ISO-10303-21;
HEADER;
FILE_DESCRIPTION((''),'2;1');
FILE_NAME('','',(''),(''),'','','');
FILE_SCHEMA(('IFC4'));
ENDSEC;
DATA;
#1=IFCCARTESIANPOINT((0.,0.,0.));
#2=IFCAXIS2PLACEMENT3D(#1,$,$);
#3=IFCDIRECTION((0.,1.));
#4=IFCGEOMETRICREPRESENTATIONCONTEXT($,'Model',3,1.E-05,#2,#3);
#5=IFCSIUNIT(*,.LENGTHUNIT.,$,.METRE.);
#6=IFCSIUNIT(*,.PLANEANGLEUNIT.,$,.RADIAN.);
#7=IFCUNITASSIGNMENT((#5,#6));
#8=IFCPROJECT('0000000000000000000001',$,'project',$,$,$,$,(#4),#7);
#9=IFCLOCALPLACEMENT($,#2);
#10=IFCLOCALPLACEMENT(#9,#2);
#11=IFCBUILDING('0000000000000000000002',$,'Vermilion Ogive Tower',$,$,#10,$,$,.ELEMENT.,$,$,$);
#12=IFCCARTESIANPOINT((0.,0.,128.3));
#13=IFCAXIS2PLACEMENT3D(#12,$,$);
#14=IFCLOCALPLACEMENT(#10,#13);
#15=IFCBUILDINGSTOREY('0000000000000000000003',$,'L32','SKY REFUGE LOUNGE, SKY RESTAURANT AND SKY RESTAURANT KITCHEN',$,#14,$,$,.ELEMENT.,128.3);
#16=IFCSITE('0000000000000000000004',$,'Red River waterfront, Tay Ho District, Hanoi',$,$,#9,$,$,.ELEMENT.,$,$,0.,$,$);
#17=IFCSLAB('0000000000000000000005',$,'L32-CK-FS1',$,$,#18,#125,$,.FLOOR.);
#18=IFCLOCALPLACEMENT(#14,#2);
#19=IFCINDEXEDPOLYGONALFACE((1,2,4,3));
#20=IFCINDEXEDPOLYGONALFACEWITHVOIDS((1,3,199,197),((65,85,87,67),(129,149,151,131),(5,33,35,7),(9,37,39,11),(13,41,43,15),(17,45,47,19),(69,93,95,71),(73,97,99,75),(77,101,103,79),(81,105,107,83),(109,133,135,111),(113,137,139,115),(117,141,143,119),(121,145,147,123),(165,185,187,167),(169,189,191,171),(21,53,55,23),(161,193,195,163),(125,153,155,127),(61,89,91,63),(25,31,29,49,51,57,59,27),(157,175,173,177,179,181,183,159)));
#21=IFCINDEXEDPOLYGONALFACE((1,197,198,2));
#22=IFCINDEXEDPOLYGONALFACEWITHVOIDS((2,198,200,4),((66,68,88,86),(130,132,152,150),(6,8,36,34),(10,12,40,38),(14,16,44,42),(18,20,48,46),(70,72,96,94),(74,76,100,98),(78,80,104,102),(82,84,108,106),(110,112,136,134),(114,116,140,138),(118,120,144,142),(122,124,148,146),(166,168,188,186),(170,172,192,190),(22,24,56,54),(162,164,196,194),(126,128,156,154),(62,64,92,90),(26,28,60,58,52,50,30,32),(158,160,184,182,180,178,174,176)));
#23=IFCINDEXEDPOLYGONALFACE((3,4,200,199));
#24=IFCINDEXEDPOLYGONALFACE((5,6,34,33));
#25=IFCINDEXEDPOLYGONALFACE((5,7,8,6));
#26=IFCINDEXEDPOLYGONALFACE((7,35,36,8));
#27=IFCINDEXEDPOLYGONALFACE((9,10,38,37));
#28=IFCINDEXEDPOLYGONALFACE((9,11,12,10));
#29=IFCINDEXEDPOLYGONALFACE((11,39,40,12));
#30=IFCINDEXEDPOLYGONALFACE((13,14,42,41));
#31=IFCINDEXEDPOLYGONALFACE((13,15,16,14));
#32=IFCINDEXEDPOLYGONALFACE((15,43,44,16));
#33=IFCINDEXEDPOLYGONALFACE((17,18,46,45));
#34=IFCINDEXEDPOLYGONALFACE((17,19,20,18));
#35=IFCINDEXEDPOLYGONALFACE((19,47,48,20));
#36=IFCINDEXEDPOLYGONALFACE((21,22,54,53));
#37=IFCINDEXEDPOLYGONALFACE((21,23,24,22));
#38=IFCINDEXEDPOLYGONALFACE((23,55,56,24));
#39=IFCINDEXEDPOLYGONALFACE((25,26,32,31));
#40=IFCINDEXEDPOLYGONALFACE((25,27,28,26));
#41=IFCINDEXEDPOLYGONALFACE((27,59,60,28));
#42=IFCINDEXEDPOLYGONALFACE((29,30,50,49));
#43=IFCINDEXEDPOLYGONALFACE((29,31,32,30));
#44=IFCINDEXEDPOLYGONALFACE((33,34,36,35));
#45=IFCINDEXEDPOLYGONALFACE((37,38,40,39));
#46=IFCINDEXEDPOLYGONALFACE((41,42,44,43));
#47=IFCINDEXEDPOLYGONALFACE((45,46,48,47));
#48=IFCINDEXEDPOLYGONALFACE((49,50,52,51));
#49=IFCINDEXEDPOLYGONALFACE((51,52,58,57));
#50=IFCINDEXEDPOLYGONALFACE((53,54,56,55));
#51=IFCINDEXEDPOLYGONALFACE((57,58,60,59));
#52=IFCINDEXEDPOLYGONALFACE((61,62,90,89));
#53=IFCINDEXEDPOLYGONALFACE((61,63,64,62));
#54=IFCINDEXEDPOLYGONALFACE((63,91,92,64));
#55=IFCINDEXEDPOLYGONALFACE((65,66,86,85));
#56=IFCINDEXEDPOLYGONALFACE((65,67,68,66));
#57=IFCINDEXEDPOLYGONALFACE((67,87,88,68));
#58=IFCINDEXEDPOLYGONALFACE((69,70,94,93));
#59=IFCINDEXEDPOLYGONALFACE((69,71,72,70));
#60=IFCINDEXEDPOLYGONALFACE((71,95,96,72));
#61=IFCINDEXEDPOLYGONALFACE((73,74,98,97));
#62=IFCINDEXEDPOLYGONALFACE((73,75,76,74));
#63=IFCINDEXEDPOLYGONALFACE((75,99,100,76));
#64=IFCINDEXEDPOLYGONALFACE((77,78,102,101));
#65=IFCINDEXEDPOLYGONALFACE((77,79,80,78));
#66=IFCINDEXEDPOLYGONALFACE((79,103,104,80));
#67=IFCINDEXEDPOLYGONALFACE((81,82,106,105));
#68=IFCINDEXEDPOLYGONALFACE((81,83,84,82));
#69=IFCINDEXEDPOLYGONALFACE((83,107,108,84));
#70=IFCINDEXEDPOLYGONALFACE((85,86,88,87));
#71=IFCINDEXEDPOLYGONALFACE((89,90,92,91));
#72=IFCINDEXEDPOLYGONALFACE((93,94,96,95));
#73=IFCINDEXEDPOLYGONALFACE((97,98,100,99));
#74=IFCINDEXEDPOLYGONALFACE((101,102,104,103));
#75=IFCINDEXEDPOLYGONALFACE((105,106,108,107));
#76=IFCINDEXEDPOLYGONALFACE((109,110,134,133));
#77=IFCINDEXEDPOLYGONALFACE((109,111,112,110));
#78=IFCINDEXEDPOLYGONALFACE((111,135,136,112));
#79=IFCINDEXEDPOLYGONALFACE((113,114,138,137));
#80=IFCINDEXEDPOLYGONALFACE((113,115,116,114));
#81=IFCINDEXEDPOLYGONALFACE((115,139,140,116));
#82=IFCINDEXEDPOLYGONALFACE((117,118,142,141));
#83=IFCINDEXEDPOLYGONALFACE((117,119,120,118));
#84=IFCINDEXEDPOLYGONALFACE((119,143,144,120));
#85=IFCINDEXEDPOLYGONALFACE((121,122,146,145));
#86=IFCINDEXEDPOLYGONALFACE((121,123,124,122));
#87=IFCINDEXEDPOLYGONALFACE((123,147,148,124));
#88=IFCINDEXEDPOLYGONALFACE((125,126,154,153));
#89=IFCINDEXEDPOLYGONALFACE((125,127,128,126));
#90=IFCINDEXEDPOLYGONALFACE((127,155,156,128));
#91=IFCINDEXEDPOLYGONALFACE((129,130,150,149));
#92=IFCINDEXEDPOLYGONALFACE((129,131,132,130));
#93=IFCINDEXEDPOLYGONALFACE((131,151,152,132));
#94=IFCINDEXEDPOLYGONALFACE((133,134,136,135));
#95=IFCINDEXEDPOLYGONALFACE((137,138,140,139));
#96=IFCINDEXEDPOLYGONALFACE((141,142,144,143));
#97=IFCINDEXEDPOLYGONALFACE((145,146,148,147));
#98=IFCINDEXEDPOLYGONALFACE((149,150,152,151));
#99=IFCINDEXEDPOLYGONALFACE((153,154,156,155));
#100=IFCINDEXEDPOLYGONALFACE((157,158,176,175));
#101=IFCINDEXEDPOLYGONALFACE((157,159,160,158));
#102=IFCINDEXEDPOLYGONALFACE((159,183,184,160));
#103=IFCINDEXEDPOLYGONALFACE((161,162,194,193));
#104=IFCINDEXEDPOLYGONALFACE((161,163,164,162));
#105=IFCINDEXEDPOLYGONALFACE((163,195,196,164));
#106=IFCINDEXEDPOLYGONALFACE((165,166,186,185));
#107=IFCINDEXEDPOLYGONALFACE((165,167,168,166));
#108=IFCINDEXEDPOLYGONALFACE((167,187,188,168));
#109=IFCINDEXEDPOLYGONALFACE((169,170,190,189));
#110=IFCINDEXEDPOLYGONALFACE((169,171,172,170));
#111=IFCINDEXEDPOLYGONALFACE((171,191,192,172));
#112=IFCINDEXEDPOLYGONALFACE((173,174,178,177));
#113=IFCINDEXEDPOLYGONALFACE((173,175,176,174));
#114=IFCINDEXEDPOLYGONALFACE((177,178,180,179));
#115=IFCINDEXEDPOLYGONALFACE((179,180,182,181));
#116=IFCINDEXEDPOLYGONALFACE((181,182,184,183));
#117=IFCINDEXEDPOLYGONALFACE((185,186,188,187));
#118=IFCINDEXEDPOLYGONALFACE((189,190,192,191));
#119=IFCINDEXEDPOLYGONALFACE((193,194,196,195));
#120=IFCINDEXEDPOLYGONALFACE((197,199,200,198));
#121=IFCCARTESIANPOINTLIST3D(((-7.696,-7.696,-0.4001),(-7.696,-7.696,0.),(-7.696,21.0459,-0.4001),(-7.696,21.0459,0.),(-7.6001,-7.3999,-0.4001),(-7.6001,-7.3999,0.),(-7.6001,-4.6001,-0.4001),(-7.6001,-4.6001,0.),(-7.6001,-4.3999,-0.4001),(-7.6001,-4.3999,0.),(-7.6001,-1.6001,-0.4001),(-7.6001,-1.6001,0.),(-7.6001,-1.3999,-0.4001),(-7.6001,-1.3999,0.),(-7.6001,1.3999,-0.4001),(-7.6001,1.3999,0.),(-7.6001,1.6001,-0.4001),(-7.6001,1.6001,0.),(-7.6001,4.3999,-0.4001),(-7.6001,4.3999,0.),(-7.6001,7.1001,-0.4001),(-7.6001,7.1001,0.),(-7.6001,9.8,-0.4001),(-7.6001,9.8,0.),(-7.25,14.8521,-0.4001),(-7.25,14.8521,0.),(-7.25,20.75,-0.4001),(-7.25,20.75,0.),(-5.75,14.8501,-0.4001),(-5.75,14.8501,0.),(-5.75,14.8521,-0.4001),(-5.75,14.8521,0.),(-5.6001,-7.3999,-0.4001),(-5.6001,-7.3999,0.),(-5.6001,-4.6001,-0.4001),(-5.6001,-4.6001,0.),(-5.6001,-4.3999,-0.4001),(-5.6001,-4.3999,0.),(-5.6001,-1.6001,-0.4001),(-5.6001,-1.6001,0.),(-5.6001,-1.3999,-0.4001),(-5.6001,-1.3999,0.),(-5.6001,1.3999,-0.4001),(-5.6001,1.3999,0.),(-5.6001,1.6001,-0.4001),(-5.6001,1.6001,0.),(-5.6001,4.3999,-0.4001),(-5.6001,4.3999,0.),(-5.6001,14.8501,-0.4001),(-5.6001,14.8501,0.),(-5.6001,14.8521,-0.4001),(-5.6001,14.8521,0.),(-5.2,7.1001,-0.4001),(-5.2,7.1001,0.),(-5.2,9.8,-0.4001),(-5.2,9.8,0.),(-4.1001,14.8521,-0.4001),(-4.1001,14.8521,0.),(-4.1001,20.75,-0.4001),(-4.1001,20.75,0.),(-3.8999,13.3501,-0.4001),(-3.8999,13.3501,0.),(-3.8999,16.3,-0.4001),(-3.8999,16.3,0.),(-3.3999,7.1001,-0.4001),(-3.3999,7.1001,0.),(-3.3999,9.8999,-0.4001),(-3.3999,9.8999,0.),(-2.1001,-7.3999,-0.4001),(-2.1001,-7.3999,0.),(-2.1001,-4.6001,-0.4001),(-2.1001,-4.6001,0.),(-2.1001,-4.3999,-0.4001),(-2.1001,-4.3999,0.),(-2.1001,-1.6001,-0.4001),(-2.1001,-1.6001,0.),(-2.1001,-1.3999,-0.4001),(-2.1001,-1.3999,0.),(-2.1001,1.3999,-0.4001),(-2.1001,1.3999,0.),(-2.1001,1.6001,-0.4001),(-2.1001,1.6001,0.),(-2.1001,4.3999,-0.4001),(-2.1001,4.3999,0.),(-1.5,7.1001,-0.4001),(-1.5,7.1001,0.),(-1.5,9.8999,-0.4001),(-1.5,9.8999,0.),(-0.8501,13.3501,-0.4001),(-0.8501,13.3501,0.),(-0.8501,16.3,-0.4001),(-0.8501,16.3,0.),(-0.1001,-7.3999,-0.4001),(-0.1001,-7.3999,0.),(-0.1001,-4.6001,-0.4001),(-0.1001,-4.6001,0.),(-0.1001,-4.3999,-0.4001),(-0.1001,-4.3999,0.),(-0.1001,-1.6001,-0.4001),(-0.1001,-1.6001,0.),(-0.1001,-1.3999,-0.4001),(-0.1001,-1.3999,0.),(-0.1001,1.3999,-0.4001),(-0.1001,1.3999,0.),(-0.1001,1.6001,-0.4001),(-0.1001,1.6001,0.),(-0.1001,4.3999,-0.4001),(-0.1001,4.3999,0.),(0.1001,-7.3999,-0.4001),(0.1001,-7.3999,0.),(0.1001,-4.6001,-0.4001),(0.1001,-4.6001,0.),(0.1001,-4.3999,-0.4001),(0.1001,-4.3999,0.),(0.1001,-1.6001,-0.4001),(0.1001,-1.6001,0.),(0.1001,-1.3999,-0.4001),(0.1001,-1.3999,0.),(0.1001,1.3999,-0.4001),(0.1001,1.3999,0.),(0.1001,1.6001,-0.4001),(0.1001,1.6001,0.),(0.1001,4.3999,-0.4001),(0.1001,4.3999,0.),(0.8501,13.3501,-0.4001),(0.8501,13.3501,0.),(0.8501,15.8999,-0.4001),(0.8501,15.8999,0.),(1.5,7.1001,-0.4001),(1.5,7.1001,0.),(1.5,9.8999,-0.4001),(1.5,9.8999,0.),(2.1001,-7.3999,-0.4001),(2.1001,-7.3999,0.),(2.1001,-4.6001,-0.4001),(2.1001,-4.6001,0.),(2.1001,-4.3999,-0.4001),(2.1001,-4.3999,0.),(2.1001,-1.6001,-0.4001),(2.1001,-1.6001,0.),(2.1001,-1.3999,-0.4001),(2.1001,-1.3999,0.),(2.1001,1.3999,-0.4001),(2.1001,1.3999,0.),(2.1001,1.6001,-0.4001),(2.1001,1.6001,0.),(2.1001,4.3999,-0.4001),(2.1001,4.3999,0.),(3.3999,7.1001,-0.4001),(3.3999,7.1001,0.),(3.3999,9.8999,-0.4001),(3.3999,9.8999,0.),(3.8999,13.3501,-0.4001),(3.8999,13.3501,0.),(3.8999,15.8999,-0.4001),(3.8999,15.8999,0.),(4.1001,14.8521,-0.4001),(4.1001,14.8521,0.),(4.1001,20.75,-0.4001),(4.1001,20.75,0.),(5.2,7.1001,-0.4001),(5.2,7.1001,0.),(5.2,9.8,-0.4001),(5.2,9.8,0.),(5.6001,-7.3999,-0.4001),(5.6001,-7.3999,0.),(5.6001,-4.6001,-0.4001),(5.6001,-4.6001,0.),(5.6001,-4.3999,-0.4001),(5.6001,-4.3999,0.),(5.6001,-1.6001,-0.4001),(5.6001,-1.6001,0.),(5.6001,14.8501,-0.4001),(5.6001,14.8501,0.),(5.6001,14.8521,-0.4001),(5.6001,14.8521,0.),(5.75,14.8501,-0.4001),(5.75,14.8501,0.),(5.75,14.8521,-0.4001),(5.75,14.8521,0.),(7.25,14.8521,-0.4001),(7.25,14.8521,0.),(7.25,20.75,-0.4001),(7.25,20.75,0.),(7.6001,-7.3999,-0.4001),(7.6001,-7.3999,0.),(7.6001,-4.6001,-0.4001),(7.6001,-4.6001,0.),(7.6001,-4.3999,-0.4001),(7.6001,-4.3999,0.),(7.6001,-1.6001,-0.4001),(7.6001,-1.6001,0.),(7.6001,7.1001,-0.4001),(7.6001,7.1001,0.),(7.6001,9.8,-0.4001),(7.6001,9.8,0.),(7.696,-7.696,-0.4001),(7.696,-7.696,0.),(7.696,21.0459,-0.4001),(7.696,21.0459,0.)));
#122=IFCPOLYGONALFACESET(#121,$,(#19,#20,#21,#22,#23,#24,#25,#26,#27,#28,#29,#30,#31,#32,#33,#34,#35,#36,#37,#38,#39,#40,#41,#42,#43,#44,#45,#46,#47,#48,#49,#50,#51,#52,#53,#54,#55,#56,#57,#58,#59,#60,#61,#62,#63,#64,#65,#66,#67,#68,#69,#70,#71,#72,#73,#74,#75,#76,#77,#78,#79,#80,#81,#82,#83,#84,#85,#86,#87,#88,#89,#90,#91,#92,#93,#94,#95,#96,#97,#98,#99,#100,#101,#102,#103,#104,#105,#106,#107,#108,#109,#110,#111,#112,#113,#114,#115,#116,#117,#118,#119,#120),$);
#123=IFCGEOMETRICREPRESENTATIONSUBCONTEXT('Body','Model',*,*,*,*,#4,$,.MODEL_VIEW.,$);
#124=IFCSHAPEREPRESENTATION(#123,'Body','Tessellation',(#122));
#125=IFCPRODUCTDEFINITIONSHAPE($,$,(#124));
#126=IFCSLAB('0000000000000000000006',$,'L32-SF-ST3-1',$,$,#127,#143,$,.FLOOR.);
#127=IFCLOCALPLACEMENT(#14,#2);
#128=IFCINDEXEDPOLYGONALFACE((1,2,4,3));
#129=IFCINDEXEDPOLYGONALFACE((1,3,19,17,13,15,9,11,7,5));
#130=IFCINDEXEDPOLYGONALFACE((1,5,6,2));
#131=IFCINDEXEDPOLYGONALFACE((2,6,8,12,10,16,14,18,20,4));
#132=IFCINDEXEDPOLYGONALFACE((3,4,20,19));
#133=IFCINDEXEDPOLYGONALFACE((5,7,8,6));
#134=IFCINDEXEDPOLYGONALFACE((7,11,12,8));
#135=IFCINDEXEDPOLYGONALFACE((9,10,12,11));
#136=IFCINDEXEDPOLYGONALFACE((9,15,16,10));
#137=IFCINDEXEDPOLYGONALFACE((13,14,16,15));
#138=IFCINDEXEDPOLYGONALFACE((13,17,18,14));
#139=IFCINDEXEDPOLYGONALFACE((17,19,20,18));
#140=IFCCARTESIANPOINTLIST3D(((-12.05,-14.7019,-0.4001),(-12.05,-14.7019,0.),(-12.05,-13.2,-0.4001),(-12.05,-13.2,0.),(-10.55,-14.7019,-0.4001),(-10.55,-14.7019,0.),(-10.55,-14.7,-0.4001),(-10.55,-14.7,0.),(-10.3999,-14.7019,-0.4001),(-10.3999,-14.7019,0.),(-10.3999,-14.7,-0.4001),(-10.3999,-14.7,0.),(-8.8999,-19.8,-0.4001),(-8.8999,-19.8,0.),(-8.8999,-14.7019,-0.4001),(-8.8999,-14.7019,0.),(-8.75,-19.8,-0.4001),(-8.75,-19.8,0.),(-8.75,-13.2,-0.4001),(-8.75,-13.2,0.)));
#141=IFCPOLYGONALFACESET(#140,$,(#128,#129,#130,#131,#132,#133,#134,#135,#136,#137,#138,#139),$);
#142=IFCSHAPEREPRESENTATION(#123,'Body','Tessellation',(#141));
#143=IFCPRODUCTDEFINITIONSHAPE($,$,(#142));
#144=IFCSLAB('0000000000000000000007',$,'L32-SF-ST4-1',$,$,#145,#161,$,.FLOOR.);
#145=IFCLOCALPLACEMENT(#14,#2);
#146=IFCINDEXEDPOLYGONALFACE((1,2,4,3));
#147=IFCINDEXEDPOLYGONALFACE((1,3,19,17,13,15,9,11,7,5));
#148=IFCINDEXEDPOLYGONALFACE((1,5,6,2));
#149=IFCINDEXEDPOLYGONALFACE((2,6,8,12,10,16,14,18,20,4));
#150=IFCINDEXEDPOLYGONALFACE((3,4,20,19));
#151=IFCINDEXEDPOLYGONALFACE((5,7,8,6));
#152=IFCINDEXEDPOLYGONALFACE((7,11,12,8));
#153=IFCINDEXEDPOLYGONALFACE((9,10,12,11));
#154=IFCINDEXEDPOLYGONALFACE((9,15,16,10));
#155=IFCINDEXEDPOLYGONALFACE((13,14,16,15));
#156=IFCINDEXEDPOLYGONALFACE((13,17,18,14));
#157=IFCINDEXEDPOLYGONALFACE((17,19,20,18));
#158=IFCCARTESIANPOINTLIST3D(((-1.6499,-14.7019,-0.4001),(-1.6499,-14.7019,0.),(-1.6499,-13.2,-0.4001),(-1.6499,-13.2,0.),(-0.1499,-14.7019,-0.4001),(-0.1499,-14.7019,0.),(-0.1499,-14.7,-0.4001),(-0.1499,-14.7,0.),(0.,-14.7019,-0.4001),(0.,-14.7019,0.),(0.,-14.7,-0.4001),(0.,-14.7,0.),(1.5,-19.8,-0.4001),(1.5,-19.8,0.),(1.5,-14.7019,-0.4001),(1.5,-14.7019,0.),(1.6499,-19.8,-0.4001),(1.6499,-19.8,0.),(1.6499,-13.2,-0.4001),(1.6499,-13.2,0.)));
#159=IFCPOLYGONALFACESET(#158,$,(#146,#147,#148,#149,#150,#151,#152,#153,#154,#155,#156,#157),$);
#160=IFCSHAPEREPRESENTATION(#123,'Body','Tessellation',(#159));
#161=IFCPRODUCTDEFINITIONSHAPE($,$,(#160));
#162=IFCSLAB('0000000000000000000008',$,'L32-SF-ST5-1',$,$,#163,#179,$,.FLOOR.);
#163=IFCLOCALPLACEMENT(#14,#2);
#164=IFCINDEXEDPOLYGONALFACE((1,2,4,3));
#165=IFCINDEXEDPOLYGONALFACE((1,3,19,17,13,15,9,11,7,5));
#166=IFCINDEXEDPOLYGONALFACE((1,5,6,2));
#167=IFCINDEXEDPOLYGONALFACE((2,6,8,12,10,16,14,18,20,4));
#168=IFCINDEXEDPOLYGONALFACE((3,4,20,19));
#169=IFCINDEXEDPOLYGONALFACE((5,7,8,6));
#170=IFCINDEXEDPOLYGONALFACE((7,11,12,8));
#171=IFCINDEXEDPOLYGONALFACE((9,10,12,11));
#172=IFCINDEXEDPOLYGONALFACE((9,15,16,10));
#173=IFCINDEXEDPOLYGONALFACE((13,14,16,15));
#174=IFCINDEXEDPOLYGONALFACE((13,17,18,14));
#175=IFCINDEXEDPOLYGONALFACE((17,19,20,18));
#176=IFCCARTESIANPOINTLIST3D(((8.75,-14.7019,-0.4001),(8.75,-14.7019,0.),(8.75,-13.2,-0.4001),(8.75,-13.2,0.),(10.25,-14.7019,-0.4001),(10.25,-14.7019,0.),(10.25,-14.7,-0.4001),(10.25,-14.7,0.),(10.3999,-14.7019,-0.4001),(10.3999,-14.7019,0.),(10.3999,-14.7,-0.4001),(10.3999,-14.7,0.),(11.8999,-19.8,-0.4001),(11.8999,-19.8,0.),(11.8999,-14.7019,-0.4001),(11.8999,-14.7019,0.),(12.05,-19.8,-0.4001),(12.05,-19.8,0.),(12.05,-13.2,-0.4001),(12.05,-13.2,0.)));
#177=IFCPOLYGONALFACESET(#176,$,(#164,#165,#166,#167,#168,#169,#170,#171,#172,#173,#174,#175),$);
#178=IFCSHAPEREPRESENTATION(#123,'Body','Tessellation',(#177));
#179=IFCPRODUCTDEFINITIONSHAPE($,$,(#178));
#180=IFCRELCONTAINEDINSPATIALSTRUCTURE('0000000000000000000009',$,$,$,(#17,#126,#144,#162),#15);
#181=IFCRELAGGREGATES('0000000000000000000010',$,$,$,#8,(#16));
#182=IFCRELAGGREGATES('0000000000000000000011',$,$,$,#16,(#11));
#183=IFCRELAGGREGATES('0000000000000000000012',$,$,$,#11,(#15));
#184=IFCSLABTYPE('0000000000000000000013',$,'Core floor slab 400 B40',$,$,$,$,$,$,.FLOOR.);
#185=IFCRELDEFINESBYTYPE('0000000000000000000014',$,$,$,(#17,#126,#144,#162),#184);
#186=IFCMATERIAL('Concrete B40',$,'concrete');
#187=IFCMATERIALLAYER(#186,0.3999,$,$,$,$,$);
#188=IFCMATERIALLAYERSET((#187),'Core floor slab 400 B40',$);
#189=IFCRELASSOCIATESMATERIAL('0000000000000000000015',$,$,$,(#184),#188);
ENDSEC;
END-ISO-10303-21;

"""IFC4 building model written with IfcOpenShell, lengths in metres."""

from ifc_helpers import new_model, si_unit, direction, frame, origin, place, context, subcontext, project, spatial, polyline, outline, extrude, material, layer, layer_set, type_object, element, save


model = new_model("IFC4")

# Units and contexts
model_context = context("Model", 3, precision=1e-05, world=origin(), true_north=direction((0.0, 1.0)))
body_context = subcontext(model_context, "Body", "Model", "MODEL_VIEW")
ifc_project = project(units=[si_unit("LENGTHUNIT", "METRE"), si_unit("PLANEANGLEUNIT", "RADIAN")], contexts=[model_context])

# Site, building, storey
site_placement = place(None, origin())
site = spatial("IfcSite", under=ifc_project, at=site_placement, Name="Red River waterfront, Tay Ho District, Hanoi", CompositionType="ELEMENT", RefElevation=0.0)
building_placement = place(site_placement, origin())
building = spatial("IfcBuilding", under=site, at=building_placement, Name="Vermilion Ogive Tower", CompositionType="ELEMENT")
storey_placement = place(building_placement, frame((0.0, 0.0, 128.3)))
storey = spatial("IfcBuildingStorey", under=building, at=storey_placement, Name="L32", Description="SKY REFUGE LOUNGE, SKY RESTAURANT AND SKY RESTAURANT KITCHEN", CompositionType="ELEMENT", Elevation=128.3)

# Slabs
ifc_material_1 = material(Name="Concrete B40", Category="concrete")
ifc_layer_1 = layer(ifc_material_1, 0.3999)
ifc_layer_set_1 = layer_set([ifc_layer_1], Name="Core floor slab 400 B40")
slab_type_1 = type_object("IfcSlabType", Name="Core floor slab 400 B40", PredefinedType="FLOOR", material=ifc_layer_set_1)
slab_1_placement = place(storey_placement, frame((0.0, 0.0, -0.4001)))
element("IfcSlab", 1, at=slab_1_placement, inside=storey, type_object=slab_type_1, Name="L32-CK-FS1", PredefinedType="FLOOR", context=body_context, shape_type="SweptSolid", body=[
    extrude(outline(polyline([(7.696, -7.696), (7.696, 21.0459), (-7.696, 21.0459), (-7.696, -7.696), (7.696, -7.696)]), holes=[polyline([(-5.6001, -7.3999), (-7.6001, -7.3999), (-7.6001, -4.6001), (-5.6001, -4.6001), (-5.6001, -7.3999)]), polyline([(-5.6001, -4.3999), (-7.6001, -4.3999), (-7.6001, -1.6001), (-5.6001, -1.6001), (-5.6001, -4.3999)]), polyline([(-0.1001, -4.3999), (-2.1001, -4.3999), (-2.1001, -1.6001), (-0.1001, -1.6001), (-0.1001, -4.3999)]), polyline([(-5.6001, -1.3999), (-7.6001, -1.3999), (-7.6001, 1.3999), (-5.6001, 1.3999), (-5.6001, -1.3999)]), polyline([(-0.1001, -1.3999), (-2.1001, -1.3999), (-2.1001, 1.3999), (-0.1001, 1.3999), (-0.1001, -1.3999)]), polyline([(-5.6001, 4.3999), (-5.6001, 1.6001), (-7.6001, 1.6001), (-7.6001, 4.3999), (-5.6001, 4.3999)]), polyline([(-5.2, 7.1001), (-7.6001, 7.1001), (-7.6001, 9.8), (-5.2, 9.8), (-5.2, 7.1001)]), polyline([(-1.5, 7.1001), (-3.3999, 7.1001), (-3.3999, 9.8999), (-1.5, 9.8999), (-1.5, 7.1001)]), polyline([(-0.8501, 13.3501), (-3.8999, 13.3501), (-3.8999, 16.3), (-0.8501, 16.3), (-0.8501, 13.3501)]), polyline([(-7.25, 14.8521), (-7.25, 20.75), (-4.1001, 20.75), (-4.1001, 14.8521), (-5.6001, 14.8521), (-5.6001, 14.8501), (-5.75, 14.8501), (-5.75, 14.8521), (-7.25, 14.8521)]), polyline([(-0.1001, -4.6001), (-0.1001, -7.3999), (-2.1001, -7.3999), (-2.1001, -4.6001), (-0.1001, -4.6001)]), polyline([(2.1001, -7.3999), (0.1001, -7.3999), (0.1001, -4.6001), (2.1001, -4.6001), (2.1001, -7.3999)]), polyline([(7.6001, -7.3999), (5.6001, -7.3999), (5.6001, -4.6001), (7.6001, -4.6001), (7.6001, -7.3999)]), polyline([(2.1001, -4.3999), (0.1001, -4.3999), (0.1001, -1.6001), (2.1001, -1.6001), (2.1001, -4.3999)]), polyline([(7.6001, -4.3999), (5.6001, -4.3999), (5.6001, -1.6001), (7.6001, -1.6001), (7.6001, -4.3999)]), polyline([(2.1001, -1.3999), (0.1001, -1.3999), (0.1001, 1.3999), (2.1001, 1.3999), (2.1001, -1.3999)]), polyline([(-0.1001, 1.6001), (-2.1001, 1.6001), (-2.1001, 4.3999), (-0.1001, 4.3999), (-0.1001, 1.6001)]), polyline([(2.1001, 1.6001), (0.1001, 1.6001), (0.1001, 4.3999), (2.1001, 4.3999), (2.1001, 1.6001)]), polyline([(7.6001, 7.1001), (5.2, 7.1001), (5.2, 9.8), (7.6001, 9.8), (7.6001, 7.1001)]), polyline([(3.3999, 7.1001), (1.5, 7.1001), (1.5, 9.8999), (3.3999, 9.8999), (3.3999, 7.1001)]), polyline([(3.8999, 13.3501), (0.8501, 13.3501), (0.8501, 15.8999), (3.8999, 15.8999), (3.8999, 13.3501)]), polyline([(5.75, 14.8501), (5.6001, 14.8501), (5.6001, 14.8521), (4.1001, 14.8521), (4.1001, 20.75), (7.25, 20.75), (7.25, 14.8521), (5.75, 14.8521), (5.75, 14.8501)])]), origin(), (0.0, 0.0, 1.0), 0.4001),
])
slab_2_placement = place(storey_placement, frame((0.0, 0.0, -0.4001)))
element("IfcSlab", 2, at=slab_2_placement, inside=storey, type_object=slab_type_1, Name="L32-SF-ST3-1", PredefinedType="FLOOR", context=body_context, shape_type="SweptSolid", body=[
    extrude(outline(polyline([(-12.05, -13.2), (-12.05, -14.7019), (-10.55, -14.7019), (-10.55, -14.7), (-10.3999, -14.7), (-10.3999, -14.7019), (-8.8999, -14.7019), (-8.8999, -19.8), (-8.75, -19.8), (-8.75, -13.2), (-12.05, -13.2)])), origin(), (0.0, 0.0, 1.0), 0.4001),
])
slab_3_placement = place(storey_placement, frame((0.0, 0.0, -0.4001)))
element("IfcSlab", 3, at=slab_3_placement, inside=storey, type_object=slab_type_1, Name="L32-SF-ST4-1", PredefinedType="FLOOR", context=body_context, shape_type="SweptSolid", body=[
    extrude(outline(polyline([(-1.6499, -13.2), (-1.6499, -14.7019), (-0.1499, -14.7019), (-0.1499, -14.7), (0.0, -14.7), (0.0, -14.7019), (1.5, -14.7019), (1.5, -19.8), (1.6499, -19.8), (1.6499, -13.2), (-1.6499, -13.2)])), origin(), (0.0, 0.0, 1.0), 0.4001),
])
slab_4_placement = place(storey_placement, frame((0.0, 0.0, -0.4001)))
element("IfcSlab", 4, at=slab_4_placement, inside=storey, type_object=slab_type_1, Name="L32-SF-ST5-1", PredefinedType="FLOOR", context=body_context, shape_type="SweptSolid", body=[
    extrude(outline(polyline([(8.75, -13.2), (8.75, -14.7019), (10.25, -14.7019), (10.25, -14.7), (10.3999, -14.7), (10.3999, -14.7019), (11.8999, -14.7019), (11.8999, -19.8), (12.05, -19.8), (12.05, -13.2), (8.75, -13.2)])), origin(), (0.0, 0.0, 1.0), 0.4001),
])

save(model, "model.ifc")
